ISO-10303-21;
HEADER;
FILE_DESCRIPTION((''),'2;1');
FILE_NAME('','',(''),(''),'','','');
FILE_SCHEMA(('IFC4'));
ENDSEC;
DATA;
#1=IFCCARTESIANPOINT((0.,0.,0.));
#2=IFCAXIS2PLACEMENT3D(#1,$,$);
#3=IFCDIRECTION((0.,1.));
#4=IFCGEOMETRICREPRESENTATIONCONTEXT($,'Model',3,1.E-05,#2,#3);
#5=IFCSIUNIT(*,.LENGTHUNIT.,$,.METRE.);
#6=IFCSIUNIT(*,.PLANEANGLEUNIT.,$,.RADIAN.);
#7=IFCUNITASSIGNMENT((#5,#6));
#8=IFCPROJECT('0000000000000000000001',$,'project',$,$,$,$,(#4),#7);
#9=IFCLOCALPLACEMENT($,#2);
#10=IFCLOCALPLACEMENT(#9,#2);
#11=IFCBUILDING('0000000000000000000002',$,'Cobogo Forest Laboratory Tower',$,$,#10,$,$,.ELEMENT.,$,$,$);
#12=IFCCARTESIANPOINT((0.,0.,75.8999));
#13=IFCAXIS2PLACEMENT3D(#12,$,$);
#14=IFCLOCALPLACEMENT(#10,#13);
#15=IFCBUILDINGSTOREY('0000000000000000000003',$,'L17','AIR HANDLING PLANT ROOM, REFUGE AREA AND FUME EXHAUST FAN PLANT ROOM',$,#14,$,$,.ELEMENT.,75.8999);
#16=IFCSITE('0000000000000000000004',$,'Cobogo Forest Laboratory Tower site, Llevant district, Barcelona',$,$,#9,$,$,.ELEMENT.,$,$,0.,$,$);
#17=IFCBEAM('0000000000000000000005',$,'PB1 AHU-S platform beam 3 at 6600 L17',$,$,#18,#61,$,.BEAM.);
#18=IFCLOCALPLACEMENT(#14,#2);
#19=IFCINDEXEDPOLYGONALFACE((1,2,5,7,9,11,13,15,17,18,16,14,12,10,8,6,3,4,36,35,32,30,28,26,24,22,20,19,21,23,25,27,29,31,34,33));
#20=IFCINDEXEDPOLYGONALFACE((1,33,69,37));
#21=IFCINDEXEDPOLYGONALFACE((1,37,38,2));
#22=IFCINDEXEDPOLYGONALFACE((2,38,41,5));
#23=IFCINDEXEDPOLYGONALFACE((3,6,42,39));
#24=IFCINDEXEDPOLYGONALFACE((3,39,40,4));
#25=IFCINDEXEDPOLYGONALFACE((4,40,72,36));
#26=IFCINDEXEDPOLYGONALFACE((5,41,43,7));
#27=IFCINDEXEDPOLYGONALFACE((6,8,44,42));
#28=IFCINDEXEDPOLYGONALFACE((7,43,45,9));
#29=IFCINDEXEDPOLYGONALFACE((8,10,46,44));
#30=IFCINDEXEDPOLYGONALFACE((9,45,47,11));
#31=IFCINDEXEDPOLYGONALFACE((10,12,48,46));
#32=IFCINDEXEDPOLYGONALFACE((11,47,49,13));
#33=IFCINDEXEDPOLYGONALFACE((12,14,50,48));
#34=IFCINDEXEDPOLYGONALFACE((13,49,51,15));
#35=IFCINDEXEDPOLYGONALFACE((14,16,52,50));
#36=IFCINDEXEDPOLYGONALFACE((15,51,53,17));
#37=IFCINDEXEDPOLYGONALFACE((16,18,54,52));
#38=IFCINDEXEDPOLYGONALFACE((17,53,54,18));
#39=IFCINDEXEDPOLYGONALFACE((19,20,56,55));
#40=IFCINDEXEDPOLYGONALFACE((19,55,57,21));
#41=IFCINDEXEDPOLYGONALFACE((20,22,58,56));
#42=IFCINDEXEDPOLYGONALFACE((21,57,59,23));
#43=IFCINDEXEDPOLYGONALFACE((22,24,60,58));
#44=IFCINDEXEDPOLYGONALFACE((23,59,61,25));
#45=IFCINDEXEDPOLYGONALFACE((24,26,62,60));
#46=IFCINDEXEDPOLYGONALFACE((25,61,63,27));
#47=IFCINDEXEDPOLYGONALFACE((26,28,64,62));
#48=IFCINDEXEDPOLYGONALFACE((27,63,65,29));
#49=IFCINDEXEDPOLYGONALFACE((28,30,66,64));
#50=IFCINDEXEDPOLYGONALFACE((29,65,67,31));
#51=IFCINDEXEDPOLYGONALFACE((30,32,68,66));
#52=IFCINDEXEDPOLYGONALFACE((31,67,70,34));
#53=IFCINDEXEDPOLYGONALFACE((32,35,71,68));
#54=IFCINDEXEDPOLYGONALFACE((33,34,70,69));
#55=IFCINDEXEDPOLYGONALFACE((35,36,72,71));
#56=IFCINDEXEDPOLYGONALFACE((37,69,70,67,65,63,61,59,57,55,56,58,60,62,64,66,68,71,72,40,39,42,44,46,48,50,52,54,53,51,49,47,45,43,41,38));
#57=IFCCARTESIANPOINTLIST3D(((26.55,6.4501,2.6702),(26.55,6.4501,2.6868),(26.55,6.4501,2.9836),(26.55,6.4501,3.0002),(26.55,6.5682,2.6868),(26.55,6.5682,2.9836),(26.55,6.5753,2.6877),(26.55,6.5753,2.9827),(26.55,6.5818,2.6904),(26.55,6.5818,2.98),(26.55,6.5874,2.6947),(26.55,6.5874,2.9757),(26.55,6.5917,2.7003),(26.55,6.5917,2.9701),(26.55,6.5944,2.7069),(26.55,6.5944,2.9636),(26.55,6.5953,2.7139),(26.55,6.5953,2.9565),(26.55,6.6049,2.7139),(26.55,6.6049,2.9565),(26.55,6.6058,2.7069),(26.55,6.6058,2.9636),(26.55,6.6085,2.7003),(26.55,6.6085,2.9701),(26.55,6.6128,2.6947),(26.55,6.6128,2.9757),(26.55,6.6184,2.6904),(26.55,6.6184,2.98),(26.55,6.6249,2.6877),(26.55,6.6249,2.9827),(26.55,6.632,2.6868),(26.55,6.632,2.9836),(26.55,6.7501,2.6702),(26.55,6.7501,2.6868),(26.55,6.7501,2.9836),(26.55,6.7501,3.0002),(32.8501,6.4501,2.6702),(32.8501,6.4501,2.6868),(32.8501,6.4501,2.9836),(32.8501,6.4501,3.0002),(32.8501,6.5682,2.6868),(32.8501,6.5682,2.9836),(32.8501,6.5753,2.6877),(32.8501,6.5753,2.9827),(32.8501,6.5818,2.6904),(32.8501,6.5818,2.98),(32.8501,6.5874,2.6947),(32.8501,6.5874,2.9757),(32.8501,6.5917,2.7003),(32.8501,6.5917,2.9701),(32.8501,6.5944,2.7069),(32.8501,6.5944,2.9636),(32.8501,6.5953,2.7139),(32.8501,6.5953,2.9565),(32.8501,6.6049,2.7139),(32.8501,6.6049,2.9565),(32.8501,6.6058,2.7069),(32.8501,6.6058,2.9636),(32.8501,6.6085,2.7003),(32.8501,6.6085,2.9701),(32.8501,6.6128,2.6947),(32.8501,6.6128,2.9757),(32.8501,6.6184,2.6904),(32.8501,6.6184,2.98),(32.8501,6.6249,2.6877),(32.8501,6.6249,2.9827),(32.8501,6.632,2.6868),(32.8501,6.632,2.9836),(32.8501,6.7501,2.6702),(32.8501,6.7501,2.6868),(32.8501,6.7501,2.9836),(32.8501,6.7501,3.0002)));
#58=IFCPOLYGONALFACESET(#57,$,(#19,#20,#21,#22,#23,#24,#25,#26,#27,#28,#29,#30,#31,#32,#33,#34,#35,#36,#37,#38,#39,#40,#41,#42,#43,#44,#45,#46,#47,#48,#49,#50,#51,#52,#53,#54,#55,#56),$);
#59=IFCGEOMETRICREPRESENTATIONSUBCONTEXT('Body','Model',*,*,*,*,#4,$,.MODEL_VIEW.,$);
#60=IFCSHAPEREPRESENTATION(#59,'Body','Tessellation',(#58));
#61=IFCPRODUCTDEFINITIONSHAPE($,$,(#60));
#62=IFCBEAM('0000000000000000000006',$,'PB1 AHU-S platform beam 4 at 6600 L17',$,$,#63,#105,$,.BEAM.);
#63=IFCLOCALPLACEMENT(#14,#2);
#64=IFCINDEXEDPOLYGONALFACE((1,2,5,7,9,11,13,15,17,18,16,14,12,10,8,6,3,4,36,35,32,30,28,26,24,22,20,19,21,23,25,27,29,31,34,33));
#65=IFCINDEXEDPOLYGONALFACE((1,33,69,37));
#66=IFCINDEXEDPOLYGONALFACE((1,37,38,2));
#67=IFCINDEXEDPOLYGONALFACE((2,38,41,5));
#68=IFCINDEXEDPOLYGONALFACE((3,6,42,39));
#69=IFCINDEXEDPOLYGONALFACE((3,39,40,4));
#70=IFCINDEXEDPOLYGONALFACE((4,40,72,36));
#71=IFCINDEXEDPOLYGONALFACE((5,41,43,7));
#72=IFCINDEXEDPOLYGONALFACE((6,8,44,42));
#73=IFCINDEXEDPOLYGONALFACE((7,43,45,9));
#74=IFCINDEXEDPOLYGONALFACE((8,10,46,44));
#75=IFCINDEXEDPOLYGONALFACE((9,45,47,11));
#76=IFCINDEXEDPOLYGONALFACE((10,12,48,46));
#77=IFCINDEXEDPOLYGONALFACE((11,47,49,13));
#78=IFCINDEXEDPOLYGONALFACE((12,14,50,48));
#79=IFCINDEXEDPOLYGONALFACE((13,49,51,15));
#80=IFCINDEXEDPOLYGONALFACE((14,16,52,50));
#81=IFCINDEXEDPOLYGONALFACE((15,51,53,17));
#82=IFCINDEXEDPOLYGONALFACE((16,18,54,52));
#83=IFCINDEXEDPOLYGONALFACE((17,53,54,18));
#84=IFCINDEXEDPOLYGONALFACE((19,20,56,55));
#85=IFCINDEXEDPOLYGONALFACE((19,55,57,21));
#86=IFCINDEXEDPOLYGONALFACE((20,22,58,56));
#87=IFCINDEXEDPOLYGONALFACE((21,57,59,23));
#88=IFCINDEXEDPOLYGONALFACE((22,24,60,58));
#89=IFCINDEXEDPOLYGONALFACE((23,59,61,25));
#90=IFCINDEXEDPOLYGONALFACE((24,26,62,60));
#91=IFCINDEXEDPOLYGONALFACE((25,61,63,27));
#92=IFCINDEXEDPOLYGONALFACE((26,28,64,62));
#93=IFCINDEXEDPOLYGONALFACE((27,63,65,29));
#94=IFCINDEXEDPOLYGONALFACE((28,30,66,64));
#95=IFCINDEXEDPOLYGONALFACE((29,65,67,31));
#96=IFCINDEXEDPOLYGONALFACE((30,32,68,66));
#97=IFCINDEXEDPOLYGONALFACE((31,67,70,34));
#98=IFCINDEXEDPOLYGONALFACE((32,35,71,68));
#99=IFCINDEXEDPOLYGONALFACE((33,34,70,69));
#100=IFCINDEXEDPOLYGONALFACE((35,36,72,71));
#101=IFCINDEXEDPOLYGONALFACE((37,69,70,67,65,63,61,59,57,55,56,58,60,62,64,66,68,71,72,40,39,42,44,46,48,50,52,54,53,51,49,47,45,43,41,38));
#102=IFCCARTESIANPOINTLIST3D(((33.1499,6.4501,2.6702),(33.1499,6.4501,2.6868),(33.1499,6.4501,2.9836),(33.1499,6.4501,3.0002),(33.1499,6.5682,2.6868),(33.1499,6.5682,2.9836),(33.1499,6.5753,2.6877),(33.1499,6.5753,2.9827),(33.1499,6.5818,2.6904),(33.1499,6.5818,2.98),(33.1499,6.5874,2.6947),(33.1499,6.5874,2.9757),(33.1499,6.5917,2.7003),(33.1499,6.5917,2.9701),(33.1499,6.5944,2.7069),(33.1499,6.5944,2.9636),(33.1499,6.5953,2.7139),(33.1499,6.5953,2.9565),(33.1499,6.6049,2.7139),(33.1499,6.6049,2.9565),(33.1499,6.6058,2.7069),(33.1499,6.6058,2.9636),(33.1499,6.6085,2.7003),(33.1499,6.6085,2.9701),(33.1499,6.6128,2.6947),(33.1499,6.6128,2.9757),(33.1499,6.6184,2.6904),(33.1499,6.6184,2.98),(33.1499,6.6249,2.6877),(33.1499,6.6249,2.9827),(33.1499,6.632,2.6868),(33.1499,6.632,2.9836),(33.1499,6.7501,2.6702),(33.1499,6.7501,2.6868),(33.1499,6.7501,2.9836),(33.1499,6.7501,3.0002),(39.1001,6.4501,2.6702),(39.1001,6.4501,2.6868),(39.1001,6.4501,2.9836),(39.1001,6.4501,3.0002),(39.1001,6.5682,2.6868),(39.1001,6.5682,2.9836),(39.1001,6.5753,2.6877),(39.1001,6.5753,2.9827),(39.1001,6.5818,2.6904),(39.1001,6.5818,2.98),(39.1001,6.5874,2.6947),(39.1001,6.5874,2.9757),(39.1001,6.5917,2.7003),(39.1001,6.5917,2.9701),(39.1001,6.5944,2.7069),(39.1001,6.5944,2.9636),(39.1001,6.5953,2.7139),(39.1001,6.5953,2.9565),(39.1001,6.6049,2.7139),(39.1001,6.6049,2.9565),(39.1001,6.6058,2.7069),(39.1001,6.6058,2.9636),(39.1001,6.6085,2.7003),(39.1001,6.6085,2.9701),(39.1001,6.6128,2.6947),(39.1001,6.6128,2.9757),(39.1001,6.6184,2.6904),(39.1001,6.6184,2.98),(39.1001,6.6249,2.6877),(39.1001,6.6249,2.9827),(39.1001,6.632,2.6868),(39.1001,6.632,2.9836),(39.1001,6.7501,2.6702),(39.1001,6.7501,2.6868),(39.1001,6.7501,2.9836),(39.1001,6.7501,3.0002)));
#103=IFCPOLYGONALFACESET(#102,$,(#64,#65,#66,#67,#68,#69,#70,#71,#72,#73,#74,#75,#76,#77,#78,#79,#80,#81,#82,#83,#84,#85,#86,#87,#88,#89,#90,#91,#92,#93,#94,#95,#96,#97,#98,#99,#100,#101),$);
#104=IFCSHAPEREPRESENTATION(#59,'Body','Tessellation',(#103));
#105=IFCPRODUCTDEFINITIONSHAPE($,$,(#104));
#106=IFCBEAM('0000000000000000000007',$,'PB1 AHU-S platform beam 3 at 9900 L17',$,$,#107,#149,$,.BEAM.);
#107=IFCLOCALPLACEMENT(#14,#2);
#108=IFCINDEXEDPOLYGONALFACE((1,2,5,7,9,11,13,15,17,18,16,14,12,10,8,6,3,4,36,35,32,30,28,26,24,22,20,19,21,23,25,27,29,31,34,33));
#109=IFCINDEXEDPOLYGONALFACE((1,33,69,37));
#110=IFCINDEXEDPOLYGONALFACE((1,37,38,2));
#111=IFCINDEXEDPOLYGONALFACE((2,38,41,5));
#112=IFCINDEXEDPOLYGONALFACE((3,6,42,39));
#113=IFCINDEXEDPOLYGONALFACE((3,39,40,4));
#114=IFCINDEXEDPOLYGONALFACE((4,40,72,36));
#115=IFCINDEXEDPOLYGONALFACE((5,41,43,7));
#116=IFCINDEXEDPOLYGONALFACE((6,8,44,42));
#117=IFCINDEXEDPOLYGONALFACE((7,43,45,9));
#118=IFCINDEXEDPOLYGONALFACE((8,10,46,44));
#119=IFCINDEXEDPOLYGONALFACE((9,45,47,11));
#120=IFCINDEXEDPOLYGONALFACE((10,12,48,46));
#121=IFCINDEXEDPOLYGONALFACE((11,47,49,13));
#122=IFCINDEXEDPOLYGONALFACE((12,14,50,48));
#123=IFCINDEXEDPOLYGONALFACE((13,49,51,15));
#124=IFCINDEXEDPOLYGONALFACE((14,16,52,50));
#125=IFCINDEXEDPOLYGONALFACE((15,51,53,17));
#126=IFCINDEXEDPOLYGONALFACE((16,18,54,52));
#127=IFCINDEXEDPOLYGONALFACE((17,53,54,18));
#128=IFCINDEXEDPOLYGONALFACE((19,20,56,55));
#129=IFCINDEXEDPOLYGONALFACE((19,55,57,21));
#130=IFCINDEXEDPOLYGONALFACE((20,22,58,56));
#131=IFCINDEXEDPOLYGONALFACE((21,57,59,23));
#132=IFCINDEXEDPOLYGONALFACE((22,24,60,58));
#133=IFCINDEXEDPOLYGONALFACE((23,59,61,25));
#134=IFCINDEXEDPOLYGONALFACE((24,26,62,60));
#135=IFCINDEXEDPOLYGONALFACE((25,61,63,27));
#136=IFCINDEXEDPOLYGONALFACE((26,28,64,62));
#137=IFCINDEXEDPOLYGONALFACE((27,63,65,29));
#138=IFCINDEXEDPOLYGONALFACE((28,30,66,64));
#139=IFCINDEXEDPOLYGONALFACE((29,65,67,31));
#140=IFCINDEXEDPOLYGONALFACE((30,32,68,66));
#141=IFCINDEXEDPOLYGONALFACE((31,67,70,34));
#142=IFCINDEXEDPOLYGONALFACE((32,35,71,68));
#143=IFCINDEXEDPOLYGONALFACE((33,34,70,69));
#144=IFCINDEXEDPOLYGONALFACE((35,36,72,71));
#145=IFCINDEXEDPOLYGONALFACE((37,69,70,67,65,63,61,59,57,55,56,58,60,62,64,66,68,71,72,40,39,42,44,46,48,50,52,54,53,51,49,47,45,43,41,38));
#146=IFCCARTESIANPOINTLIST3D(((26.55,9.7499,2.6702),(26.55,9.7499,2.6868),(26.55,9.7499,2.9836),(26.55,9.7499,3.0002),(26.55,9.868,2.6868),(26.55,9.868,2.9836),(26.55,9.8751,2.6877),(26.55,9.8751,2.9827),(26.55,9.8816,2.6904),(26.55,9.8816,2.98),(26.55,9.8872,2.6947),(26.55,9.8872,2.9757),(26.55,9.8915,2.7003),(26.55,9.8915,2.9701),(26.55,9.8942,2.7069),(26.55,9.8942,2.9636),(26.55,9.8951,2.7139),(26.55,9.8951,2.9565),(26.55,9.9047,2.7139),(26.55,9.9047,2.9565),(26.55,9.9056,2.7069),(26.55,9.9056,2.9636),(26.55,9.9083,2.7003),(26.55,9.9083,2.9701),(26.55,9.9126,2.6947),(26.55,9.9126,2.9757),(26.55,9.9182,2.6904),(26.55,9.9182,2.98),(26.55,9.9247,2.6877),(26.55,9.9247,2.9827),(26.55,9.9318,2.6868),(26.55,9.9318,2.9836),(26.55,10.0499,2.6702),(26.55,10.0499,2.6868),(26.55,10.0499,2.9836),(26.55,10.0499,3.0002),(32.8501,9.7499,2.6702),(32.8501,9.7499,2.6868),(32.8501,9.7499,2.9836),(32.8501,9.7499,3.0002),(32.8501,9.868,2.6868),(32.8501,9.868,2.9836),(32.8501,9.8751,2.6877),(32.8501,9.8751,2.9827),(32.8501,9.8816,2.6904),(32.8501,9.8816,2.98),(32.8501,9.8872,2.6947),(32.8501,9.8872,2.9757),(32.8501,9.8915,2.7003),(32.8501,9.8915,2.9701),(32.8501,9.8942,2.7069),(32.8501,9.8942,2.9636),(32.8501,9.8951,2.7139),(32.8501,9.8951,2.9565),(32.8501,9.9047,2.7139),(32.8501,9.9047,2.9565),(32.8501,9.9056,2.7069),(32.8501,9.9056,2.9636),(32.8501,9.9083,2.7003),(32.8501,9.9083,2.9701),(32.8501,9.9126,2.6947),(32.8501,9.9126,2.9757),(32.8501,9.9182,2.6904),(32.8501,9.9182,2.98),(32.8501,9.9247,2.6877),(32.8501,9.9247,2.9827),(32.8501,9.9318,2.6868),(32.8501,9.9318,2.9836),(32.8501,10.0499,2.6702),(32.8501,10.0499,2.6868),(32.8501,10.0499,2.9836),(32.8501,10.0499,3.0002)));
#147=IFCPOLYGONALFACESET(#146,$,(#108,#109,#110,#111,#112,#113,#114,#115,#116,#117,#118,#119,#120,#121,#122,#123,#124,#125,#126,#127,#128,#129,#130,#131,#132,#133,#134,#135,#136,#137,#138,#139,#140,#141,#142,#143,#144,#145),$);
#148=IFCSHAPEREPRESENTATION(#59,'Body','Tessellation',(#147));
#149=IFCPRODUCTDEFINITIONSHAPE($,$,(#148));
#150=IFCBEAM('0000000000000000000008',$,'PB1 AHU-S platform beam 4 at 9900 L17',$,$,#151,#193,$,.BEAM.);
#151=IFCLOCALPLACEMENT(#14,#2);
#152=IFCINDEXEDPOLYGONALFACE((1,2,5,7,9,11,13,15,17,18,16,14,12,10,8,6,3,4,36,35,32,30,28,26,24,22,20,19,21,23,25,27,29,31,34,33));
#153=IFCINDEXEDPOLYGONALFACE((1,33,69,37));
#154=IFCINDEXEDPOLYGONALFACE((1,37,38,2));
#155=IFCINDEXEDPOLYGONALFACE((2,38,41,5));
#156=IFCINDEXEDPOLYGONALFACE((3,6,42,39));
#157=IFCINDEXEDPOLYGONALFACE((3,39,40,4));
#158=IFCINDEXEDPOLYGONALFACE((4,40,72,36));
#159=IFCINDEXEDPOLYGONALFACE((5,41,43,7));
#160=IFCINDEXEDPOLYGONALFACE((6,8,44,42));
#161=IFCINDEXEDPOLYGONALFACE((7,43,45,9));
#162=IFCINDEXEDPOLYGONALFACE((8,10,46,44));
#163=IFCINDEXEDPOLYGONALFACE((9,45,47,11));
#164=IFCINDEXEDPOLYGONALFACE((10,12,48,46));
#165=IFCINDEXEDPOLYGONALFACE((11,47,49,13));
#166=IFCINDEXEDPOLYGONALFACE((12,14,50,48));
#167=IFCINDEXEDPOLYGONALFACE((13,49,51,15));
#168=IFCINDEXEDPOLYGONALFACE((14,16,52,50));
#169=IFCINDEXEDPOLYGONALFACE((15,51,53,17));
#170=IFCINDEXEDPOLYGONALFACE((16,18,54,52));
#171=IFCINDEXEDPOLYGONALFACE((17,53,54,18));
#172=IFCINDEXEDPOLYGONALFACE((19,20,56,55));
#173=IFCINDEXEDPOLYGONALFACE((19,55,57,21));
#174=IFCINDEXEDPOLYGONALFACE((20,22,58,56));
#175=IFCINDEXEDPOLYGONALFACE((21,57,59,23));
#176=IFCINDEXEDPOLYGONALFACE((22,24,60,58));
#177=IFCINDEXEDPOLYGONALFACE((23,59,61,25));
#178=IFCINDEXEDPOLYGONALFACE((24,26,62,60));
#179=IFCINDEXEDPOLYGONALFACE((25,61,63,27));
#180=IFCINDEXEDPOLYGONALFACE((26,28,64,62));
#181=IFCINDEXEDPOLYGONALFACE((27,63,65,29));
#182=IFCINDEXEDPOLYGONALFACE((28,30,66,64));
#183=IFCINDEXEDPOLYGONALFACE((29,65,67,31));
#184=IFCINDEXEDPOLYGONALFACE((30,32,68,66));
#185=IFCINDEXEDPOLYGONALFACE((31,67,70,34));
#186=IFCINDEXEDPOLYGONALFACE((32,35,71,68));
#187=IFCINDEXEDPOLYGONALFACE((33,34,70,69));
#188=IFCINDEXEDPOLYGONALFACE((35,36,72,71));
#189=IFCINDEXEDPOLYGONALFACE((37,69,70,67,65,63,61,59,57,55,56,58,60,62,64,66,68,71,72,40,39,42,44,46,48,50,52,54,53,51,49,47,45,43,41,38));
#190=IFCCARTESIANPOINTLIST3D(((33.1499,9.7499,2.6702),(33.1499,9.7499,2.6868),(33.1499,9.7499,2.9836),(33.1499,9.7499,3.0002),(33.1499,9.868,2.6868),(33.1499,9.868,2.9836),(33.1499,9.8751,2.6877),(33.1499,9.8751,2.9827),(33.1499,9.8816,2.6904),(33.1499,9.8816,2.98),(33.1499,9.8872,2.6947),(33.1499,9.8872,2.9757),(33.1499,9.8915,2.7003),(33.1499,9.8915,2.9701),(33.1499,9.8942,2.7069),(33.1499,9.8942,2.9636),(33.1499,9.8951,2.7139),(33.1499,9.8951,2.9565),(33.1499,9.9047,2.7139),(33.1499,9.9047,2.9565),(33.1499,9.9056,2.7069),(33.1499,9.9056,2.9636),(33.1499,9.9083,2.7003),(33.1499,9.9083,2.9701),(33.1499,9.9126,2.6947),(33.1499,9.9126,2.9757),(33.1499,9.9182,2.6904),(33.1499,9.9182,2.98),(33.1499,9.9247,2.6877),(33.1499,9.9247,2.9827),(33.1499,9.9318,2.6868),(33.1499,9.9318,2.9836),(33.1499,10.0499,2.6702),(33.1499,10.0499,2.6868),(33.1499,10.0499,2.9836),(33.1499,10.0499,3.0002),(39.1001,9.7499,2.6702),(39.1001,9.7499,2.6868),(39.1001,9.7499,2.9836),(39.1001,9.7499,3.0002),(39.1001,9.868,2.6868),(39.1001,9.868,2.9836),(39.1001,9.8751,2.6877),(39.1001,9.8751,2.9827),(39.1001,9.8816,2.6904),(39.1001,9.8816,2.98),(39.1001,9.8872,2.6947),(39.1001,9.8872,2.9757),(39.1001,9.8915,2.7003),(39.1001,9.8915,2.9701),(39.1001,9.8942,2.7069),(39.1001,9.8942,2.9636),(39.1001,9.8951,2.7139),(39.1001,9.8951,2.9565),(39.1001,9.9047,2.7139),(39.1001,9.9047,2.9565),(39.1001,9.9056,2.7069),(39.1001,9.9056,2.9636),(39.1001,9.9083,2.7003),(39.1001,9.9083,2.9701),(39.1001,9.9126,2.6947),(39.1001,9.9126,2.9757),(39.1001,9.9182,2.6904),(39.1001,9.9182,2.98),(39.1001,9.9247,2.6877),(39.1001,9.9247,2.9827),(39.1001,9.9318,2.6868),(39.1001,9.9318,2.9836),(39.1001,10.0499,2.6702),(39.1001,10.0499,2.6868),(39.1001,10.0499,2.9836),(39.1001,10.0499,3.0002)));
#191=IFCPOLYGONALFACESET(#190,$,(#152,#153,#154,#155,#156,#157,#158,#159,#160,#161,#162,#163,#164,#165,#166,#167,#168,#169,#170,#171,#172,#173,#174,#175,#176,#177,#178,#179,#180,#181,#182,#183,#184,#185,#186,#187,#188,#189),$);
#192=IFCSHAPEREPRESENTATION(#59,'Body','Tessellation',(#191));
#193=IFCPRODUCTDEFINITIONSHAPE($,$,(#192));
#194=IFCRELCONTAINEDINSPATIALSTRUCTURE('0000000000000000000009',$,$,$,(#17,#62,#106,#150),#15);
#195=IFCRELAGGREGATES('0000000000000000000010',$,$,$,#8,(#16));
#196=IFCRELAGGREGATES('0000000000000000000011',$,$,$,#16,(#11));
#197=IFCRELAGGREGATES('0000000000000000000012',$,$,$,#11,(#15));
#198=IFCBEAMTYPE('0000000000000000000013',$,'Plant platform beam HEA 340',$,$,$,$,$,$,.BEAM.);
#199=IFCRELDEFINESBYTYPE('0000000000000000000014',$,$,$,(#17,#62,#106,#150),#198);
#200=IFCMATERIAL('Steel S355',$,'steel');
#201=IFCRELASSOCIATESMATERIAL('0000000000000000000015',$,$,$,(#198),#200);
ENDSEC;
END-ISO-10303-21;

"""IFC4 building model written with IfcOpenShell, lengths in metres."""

from ifc_helpers import new_model, si_unit, direction, frame, origin, origin_2d, place, context, subcontext, project, spatial, i_section, extrude, material, material_profile, profile_set, type_object, element, save


model = new_model("IFC4")

# Units and contexts
model_context = context("Model", 3, precision=1e-05, world=origin(), true_north=direction((0.0, 1.0)))
body_context = subcontext(model_context, "Body", "Model", "MODEL_VIEW")
ifc_project = project(units=[si_unit("LENGTHUNIT", "METRE"), si_unit("PLANEANGLEUNIT", "RADIAN")], contexts=[model_context])

# Site, building, storey
site_placement = place(None, origin())
site = spatial("IfcSite", under=ifc_project, at=site_placement, Name="Cobogo Forest Laboratory Tower site, Llevant district, Barcelona", CompositionType="ELEMENT", RefElevation=0.0)
building_placement = place(site_placement, origin())
building = spatial("IfcBuilding", under=site, at=building_placement, Name="Cobogo Forest Laboratory Tower", CompositionType="ELEMENT")
storey_placement = place(building_placement, frame((0.0, 0.0, 75.8999)))
storey = spatial("IfcBuildingStorey", under=building, at=storey_placement, Name="L17", Description="AIR HANDLING PLANT ROOM, REFUGE AREA AND FUME EXHAUST FAN PLANT ROOM", CompositionType="ELEMENT", Elevation=75.8999)

# Beams
ifc_material = material(Name="Steel S355", Category="steel")
ifc_material_profile_1 = material_profile(ifc_material, i_section(OverallWidth=0.3, OverallDepth=0.3301, WebThickness=0.0095, FlangeThickness=0.0166, FilletRadius=0.0271, at=origin_2d()), Name="HEA 340")
ifc_profile_set_1 = profile_set([ifc_material_profile_1], Name="Steel S355")
beam_type_1 = type_object("IfcBeamType", Name="Plant platform beam HEA 340", PredefinedType="BEAM", material=ifc_profile_set_1)
beam_1_placement = place(storey_placement, frame((26.55, 6.6001, 2.8352), z_axis=(1.0, 0.0, 0.0), x_axis=(0.0, 1.0, 0.0)))
element("IfcBeam", 1, at=beam_1_placement, inside=storey, type_object=beam_type_1, Name="PB1 AHU-S platform beam 3 at 6600 L17", PredefinedType="BEAM", context=body_context, shape_type="SweptSolid", body=[
    extrude(i_section(OverallWidth=0.3, OverallDepth=0.3301, WebThickness=0.0095, FlangeThickness=0.0166, FilletRadius=0.0271, at=origin_2d()), origin(), (0.0, 0.0, 1.0), 6.3),
])
beam_2_placement = place(storey_placement, frame((33.1499, 6.6001, 2.8352), z_axis=(1.0, 0.0, 0.0), x_axis=(0.0, 1.0, 0.0)))
element("IfcBeam", 2, at=beam_2_placement, inside=storey, type_object=beam_type_1, Name="PB1 AHU-S platform beam 4 at 6600 L17", PredefinedType="BEAM", context=body_context, shape_type="SweptSolid", body=[
    extrude(i_section(OverallWidth=0.3, OverallDepth=0.3301, WebThickness=0.0095, FlangeThickness=0.0166, FilletRadius=0.0271, at=origin_2d()), origin(), (0.0, 0.0, 1.0), 5.9502),
])
beam_3_placement = place(storey_placement, frame((26.55, 9.8999, 2.8352), z_axis=(1.0, 0.0, 0.0), x_axis=(0.0, 1.0, 0.0)))
element("IfcBeam", 3, at=beam_3_placement, inside=storey, type_object=beam_type_1, Name="PB1 AHU-S platform beam 3 at 9900 L17", PredefinedType="BEAM", context=body_context, shape_type="SweptSolid", body=[
    extrude(i_section(OverallWidth=0.3, OverallDepth=0.3301, WebThickness=0.0095, FlangeThickness=0.0166, FilletRadius=0.0271, at=origin_2d()), origin(), (0.0, 0.0, 1.0), 6.3),
])
beam_4_placement = place(storey_placement, frame((33.1499, 9.8999, 2.8352), z_axis=(1.0, 0.0, 0.0), x_axis=(0.0, 1.0, 0.0)))
element("IfcBeam", 4, at=beam_4_placement, inside=storey, type_object=beam_type_1, Name="PB1 AHU-S platform beam 4 at 9900 L17", PredefinedType="BEAM", context=body_context, shape_type="SweptSolid", body=[
    extrude(i_section(OverallWidth=0.3, OverallDepth=0.3301, WebThickness=0.0095, FlangeThickness=0.0166, FilletRadius=0.0271, at=origin_2d()), origin(), (0.0, 0.0, 1.0), 5.9502),
])

save(model, "model.ifc")
